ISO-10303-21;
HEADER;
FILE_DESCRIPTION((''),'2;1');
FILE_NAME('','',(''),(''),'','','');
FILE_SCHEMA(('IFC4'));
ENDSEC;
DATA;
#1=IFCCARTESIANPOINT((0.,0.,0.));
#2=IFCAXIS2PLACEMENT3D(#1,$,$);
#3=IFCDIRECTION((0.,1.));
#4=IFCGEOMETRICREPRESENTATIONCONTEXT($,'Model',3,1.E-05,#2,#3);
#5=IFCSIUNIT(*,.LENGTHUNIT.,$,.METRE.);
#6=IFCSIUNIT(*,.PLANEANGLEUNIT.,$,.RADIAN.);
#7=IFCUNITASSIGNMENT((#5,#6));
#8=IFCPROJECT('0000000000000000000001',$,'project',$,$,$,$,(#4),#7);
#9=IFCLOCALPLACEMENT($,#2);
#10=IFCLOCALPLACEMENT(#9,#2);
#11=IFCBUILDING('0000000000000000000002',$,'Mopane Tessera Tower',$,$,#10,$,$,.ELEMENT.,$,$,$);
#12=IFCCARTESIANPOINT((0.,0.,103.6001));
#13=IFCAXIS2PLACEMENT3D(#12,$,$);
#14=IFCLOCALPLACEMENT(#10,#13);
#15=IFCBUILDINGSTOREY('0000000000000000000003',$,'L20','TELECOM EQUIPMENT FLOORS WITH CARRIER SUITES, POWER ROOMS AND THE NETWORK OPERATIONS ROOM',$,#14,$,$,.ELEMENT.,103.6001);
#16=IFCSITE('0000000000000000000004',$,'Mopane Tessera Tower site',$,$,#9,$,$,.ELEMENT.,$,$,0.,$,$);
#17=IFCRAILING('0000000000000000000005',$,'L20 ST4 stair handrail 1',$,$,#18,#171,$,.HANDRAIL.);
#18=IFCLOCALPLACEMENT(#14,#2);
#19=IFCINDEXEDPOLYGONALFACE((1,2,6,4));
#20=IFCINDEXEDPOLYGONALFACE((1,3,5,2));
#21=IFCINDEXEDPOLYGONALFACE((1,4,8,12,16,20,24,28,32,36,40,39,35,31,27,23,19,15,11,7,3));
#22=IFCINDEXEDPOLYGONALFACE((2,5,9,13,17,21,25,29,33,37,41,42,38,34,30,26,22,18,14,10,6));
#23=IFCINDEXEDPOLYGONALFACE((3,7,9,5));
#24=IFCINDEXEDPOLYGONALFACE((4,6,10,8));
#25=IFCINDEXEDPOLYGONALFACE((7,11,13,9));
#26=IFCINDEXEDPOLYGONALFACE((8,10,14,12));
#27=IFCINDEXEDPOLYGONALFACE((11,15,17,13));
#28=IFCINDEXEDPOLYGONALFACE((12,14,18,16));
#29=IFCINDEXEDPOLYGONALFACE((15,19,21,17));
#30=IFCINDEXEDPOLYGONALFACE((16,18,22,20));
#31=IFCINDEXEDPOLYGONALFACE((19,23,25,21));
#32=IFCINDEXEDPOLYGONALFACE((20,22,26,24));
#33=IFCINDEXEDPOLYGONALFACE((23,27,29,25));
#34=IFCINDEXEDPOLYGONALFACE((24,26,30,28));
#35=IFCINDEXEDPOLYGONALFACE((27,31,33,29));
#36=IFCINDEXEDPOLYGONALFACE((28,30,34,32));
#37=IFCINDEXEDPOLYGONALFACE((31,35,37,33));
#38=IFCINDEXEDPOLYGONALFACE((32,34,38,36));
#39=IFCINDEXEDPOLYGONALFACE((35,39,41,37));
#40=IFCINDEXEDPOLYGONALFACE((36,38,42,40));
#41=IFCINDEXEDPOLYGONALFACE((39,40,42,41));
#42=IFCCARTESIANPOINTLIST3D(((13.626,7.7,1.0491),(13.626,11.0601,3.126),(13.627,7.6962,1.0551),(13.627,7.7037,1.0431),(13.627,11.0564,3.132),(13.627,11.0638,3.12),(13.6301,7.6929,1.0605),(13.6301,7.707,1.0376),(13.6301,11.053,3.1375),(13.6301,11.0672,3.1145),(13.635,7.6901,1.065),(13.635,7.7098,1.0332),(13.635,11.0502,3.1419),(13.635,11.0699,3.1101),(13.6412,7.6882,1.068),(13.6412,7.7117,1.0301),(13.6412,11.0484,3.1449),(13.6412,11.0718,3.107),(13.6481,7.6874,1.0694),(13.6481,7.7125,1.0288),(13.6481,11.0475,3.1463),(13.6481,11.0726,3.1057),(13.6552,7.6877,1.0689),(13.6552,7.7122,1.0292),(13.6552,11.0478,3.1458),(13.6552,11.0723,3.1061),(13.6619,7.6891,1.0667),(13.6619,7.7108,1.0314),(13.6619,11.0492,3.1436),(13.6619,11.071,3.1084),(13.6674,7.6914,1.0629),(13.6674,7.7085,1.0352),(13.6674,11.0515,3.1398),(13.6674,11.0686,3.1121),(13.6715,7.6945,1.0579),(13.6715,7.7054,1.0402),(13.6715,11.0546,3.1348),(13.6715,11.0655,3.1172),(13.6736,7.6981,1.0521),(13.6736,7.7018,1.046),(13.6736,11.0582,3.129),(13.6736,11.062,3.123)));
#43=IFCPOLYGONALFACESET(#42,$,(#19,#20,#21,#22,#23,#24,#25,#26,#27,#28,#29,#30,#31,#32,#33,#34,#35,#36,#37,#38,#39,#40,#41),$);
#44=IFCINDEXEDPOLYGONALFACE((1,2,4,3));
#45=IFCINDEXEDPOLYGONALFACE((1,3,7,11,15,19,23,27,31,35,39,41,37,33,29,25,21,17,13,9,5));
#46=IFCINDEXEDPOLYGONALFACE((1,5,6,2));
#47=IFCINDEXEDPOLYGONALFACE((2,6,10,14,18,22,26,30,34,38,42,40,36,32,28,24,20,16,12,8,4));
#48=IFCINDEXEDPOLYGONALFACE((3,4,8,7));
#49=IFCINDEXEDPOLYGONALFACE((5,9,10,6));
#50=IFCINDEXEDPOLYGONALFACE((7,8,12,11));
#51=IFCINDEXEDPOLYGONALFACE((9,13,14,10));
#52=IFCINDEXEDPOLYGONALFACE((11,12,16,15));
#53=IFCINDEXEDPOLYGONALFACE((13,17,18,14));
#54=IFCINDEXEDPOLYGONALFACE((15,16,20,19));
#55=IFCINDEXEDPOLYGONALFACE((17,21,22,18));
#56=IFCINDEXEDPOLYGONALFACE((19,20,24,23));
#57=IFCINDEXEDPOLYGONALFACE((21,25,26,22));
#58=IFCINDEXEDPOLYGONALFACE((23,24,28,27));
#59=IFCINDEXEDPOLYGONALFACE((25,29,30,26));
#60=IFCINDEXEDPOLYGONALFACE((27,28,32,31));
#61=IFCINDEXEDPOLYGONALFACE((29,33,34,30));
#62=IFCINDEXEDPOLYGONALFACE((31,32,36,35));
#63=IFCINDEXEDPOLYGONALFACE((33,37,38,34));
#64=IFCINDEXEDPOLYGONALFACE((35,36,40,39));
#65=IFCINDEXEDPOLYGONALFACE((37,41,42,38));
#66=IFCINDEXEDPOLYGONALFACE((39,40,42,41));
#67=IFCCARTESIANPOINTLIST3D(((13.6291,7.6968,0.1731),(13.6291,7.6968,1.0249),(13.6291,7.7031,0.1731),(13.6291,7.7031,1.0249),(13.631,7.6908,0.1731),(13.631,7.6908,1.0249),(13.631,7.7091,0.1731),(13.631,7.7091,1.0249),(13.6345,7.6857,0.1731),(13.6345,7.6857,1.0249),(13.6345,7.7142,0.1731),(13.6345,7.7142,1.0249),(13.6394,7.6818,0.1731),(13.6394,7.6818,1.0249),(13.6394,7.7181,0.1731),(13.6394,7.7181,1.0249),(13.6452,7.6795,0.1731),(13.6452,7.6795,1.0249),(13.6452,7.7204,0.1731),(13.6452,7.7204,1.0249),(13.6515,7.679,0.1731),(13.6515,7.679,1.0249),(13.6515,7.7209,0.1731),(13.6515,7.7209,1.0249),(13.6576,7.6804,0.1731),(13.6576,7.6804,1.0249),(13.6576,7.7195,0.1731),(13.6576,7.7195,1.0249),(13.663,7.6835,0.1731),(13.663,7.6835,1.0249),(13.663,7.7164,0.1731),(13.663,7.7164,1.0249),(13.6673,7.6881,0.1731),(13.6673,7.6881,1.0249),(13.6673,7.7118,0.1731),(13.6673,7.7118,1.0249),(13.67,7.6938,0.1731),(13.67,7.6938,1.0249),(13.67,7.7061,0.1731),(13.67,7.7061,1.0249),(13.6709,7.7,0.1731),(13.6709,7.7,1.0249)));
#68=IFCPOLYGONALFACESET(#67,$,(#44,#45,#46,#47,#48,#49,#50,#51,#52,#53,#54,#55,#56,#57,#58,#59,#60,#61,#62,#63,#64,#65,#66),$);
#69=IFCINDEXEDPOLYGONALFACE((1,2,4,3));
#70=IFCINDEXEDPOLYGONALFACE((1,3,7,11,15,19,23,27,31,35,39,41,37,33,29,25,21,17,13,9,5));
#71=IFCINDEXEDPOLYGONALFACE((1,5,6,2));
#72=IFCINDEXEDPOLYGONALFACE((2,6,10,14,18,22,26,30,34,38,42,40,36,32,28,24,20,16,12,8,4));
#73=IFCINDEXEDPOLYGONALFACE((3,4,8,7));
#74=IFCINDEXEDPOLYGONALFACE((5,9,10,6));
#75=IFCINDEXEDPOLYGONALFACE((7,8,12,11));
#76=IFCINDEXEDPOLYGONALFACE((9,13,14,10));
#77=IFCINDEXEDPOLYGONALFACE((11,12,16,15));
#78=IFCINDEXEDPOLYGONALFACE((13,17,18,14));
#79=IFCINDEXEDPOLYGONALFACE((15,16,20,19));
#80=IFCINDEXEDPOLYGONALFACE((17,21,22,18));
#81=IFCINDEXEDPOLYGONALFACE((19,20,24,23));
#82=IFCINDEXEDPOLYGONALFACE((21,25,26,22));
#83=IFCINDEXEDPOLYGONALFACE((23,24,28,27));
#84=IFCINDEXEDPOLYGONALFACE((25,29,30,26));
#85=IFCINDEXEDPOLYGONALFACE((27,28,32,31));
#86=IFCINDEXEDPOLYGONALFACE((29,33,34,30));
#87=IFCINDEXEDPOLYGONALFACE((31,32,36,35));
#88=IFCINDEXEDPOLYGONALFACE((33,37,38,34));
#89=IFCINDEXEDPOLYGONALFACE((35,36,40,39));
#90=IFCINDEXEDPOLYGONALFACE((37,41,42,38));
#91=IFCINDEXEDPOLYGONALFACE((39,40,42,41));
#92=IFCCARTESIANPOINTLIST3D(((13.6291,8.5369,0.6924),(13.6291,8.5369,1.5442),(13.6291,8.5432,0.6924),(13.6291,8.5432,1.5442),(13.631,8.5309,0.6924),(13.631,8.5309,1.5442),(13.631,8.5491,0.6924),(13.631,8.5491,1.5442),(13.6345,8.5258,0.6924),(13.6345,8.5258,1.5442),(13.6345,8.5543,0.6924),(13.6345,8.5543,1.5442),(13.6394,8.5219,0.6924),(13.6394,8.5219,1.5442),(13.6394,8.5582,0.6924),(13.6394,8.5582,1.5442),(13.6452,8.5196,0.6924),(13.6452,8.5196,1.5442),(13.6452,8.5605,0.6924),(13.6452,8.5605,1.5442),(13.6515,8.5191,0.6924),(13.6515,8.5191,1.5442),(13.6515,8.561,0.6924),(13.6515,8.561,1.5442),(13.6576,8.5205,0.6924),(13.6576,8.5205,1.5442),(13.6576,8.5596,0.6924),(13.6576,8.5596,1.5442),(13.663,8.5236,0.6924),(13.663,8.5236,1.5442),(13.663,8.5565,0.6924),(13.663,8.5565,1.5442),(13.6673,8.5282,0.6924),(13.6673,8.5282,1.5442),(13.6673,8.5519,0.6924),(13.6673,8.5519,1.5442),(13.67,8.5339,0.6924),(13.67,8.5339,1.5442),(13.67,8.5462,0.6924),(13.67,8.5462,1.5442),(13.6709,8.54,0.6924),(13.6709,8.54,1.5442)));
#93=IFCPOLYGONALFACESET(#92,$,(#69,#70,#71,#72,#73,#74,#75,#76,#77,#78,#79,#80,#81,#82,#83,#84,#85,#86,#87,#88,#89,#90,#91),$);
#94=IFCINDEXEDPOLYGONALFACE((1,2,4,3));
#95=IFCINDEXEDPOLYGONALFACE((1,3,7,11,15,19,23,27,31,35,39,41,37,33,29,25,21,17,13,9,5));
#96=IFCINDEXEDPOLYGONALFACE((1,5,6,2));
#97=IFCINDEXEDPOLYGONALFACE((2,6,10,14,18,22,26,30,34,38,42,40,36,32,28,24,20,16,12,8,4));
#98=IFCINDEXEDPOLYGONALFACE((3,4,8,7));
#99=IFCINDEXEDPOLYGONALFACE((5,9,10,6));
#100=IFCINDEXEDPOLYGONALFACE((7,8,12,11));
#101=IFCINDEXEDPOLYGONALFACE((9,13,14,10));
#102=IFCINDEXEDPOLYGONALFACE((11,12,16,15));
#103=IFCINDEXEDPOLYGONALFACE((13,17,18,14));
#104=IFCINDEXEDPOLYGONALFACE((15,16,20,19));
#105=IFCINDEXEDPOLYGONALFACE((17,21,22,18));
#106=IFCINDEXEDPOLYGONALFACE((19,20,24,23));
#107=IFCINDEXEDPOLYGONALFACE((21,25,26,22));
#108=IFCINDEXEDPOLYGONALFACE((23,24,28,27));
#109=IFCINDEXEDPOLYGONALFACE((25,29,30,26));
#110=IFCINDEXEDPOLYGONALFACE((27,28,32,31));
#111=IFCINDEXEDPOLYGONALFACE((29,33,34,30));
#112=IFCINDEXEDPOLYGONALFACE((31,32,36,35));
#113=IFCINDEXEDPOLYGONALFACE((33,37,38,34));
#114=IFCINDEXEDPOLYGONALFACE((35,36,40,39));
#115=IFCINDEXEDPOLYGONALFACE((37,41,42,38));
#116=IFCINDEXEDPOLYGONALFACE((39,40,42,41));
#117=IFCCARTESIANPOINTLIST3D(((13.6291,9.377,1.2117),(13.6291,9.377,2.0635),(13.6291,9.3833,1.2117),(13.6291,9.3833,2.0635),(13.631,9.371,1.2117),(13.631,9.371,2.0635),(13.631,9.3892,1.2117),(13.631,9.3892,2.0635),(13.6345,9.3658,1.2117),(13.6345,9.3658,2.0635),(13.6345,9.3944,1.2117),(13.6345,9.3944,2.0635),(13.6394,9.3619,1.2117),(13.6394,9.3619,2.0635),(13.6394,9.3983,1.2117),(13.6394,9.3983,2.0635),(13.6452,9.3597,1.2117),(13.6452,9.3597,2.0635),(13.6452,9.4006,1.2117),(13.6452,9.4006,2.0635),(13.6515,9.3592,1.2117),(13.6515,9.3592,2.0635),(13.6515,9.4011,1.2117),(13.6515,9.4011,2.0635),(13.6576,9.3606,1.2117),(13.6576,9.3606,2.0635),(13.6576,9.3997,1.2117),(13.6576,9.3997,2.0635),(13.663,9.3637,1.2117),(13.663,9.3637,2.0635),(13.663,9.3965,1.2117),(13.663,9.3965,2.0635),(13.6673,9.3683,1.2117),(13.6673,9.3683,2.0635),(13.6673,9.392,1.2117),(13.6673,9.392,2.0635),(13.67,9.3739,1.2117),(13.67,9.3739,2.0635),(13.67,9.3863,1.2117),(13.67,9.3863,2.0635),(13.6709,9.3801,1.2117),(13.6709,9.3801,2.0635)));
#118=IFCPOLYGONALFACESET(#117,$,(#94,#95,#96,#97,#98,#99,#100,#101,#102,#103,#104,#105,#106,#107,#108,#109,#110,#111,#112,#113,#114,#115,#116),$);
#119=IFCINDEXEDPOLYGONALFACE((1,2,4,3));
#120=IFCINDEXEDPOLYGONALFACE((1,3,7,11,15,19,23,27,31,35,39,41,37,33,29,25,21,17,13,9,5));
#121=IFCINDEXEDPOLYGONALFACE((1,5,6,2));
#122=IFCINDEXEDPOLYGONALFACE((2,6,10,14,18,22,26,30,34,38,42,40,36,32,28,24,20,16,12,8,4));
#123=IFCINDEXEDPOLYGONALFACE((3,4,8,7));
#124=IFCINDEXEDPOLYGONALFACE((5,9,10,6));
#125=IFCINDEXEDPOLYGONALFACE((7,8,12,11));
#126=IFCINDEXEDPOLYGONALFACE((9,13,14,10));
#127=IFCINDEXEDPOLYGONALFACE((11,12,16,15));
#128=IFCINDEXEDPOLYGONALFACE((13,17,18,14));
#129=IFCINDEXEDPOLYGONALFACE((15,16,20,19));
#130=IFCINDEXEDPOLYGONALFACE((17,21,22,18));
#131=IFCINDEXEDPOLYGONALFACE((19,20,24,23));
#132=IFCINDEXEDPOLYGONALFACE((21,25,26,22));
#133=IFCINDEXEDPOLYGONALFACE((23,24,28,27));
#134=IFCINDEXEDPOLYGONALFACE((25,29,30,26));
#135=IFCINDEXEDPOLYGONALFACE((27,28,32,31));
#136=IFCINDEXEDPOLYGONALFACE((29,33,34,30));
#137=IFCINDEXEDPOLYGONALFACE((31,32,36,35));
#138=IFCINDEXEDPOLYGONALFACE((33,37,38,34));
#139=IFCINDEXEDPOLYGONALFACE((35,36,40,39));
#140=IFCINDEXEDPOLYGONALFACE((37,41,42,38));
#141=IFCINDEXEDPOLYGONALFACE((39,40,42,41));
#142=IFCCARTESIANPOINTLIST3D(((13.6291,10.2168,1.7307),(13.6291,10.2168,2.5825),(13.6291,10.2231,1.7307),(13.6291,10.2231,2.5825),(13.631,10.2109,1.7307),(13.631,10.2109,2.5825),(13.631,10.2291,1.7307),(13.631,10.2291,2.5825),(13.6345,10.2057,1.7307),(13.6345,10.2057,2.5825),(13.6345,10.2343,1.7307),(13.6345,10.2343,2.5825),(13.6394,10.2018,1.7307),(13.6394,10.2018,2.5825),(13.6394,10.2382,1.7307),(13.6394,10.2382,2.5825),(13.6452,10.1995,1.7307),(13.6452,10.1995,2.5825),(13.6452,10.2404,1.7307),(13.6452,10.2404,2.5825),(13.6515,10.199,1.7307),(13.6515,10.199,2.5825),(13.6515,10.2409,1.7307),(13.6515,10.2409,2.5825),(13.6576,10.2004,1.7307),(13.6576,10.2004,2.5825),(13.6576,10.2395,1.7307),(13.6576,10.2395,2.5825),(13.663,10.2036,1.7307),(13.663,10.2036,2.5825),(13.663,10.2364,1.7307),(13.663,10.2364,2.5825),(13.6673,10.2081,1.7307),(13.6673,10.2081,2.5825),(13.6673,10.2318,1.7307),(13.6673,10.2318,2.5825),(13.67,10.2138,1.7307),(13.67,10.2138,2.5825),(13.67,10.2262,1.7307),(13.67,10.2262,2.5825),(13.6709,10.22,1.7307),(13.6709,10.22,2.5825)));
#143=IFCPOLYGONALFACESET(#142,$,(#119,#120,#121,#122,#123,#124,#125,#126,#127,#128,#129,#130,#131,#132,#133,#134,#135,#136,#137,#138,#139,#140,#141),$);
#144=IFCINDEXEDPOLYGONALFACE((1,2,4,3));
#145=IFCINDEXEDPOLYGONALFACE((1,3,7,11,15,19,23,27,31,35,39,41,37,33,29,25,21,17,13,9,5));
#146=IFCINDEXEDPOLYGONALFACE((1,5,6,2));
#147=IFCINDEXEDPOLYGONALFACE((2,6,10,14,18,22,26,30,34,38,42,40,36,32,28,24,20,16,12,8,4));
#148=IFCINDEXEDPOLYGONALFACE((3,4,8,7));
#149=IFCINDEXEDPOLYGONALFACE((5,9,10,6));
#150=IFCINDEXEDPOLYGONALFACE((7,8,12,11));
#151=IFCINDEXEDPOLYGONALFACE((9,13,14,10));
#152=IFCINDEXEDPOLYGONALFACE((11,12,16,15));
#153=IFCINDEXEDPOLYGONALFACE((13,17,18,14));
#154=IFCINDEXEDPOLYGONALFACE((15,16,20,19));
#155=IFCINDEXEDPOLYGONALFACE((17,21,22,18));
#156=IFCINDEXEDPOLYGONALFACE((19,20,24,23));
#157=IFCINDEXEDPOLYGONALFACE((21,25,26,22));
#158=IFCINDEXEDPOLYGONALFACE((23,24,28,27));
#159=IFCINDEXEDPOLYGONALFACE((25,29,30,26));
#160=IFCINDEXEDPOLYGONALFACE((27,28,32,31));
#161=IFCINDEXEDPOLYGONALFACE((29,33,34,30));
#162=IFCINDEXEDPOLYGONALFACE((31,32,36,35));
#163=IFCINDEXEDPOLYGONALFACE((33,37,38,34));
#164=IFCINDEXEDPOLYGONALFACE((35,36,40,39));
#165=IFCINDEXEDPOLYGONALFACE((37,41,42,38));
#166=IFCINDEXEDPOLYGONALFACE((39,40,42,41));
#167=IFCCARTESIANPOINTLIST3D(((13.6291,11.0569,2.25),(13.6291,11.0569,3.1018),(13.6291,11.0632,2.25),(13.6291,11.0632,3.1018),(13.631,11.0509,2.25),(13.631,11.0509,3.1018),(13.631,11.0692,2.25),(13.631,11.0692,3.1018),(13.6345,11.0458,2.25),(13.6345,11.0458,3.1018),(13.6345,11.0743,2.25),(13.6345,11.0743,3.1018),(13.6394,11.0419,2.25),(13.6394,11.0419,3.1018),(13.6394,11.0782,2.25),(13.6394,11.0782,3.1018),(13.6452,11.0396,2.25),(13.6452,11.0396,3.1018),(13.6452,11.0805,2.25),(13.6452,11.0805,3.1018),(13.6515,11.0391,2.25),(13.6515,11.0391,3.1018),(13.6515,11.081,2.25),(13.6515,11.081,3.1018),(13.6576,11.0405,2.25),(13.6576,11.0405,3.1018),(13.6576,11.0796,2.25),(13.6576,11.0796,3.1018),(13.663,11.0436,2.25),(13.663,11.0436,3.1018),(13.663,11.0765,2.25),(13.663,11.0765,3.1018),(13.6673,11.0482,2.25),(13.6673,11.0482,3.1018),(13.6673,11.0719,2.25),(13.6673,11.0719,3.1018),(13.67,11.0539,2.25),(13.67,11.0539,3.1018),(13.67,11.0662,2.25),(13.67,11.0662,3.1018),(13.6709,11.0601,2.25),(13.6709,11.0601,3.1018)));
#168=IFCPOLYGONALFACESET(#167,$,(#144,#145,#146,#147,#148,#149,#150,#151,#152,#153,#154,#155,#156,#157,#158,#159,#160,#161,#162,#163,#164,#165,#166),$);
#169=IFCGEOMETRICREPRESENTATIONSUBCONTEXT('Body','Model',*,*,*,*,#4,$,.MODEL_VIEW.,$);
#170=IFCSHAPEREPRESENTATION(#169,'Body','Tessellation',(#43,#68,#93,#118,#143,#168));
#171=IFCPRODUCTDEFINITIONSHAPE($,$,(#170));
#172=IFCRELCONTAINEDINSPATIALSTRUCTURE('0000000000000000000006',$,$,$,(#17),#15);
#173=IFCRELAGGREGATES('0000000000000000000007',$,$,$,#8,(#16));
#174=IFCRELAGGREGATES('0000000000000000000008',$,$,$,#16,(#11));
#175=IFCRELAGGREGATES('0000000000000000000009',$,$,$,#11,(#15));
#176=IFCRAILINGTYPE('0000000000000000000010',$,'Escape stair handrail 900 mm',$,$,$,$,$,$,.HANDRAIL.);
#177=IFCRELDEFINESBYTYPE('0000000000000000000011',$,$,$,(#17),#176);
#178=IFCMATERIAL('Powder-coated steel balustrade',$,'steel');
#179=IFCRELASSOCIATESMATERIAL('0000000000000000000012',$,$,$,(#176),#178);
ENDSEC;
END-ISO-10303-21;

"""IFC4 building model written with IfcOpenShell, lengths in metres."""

from ifc_helpers import new_model, si_unit, direction, frame, origin, origin_2d, place, context, subcontext, project, spatial, circle, extrude, material, type_object, element, save


model = new_model("IFC4")

# Units and contexts
model_context = context("Model", 3, precision=1e-05, world=origin(), true_north=direction((0.0, 1.0)))
body_context = subcontext(model_context, "Body", "Model", "MODEL_VIEW")
ifc_project = project(units=[si_unit("LENGTHUNIT", "METRE"), si_unit("PLANEANGLEUNIT", "RADIAN")], contexts=[model_context])

# Site, building, storey
site_placement = place(None, origin())
site = spatial("IfcSite", under=ifc_project, at=site_placement, Name="Mopane Tessera Tower site", CompositionType="ELEMENT", RefElevation=0.0)
building_placement = place(site_placement, origin())
building = spatial("IfcBuilding", under=site, at=building_placement, Name="Mopane Tessera Tower", CompositionType="ELEMENT")
storey_placement = place(building_placement, frame((0.0, 0.0, 103.6001)))
storey = spatial("IfcBuildingStorey", under=building, at=storey_placement, Name="L20", Description="TELECOM EQUIPMENT FLOORS WITH CARRIER SUITES, POWER ROOMS AND THE NETWORK OPERATIONS ROOM", CompositionType="ELEMENT", Elevation=103.6001)

# Railing
ifc_material_1 = material(Name="Powder-coated steel balustrade", Category="steel")
railing_type = type_object("IfcRailingType", Name="Escape stair handrail 900 mm", PredefinedType="HANDRAIL", material=ifc_material_1)
railing_placement = place(storey_placement, frame((13.6499, 7.7, 0.1731)))
element("IfcRailing", 1, at=railing_placement, inside=storey, type_object=railing_type, Name="L20 ST4 stair handrail 1", PredefinedType="HANDRAIL", context=body_context, shape_type="SweptSolid", body=[
    extrude(circle(Radius=0.0239, at=origin_2d()), frame((0.0, 0.0, 0.876), z_axis=(0.0, 0.850623, 0.525776), x_axis=(-1.0, 0.0, 0.0)), (0.0, 0.0, 1.0), 3.9502),
    extrude(circle(Radius=0.021, at=origin_2d()), origin(), (0.0, 0.0, 1.0), 0.8518),
    extrude(circle(Radius=0.021, at=origin_2d()), frame((0.0, 0.8401, 0.5193)), (0.0, 0.0, 1.0), 0.8518),
    extrude(circle(Radius=0.021, at=origin_2d()), frame((0.0, 1.6802, 1.0386)), (0.0, 0.0, 1.0), 0.8518),
    extrude(circle(Radius=0.021, at=origin_2d()), frame((0.0, 2.52, 1.5576)), (0.0, 0.0, 1.0), 0.8518),
    extrude(circle(Radius=0.021, at=origin_2d()), frame((0.0, 3.3601, 2.0769)), (0.0, 0.0, 1.0), 0.8518),
])

save(model, "model.ifc")
